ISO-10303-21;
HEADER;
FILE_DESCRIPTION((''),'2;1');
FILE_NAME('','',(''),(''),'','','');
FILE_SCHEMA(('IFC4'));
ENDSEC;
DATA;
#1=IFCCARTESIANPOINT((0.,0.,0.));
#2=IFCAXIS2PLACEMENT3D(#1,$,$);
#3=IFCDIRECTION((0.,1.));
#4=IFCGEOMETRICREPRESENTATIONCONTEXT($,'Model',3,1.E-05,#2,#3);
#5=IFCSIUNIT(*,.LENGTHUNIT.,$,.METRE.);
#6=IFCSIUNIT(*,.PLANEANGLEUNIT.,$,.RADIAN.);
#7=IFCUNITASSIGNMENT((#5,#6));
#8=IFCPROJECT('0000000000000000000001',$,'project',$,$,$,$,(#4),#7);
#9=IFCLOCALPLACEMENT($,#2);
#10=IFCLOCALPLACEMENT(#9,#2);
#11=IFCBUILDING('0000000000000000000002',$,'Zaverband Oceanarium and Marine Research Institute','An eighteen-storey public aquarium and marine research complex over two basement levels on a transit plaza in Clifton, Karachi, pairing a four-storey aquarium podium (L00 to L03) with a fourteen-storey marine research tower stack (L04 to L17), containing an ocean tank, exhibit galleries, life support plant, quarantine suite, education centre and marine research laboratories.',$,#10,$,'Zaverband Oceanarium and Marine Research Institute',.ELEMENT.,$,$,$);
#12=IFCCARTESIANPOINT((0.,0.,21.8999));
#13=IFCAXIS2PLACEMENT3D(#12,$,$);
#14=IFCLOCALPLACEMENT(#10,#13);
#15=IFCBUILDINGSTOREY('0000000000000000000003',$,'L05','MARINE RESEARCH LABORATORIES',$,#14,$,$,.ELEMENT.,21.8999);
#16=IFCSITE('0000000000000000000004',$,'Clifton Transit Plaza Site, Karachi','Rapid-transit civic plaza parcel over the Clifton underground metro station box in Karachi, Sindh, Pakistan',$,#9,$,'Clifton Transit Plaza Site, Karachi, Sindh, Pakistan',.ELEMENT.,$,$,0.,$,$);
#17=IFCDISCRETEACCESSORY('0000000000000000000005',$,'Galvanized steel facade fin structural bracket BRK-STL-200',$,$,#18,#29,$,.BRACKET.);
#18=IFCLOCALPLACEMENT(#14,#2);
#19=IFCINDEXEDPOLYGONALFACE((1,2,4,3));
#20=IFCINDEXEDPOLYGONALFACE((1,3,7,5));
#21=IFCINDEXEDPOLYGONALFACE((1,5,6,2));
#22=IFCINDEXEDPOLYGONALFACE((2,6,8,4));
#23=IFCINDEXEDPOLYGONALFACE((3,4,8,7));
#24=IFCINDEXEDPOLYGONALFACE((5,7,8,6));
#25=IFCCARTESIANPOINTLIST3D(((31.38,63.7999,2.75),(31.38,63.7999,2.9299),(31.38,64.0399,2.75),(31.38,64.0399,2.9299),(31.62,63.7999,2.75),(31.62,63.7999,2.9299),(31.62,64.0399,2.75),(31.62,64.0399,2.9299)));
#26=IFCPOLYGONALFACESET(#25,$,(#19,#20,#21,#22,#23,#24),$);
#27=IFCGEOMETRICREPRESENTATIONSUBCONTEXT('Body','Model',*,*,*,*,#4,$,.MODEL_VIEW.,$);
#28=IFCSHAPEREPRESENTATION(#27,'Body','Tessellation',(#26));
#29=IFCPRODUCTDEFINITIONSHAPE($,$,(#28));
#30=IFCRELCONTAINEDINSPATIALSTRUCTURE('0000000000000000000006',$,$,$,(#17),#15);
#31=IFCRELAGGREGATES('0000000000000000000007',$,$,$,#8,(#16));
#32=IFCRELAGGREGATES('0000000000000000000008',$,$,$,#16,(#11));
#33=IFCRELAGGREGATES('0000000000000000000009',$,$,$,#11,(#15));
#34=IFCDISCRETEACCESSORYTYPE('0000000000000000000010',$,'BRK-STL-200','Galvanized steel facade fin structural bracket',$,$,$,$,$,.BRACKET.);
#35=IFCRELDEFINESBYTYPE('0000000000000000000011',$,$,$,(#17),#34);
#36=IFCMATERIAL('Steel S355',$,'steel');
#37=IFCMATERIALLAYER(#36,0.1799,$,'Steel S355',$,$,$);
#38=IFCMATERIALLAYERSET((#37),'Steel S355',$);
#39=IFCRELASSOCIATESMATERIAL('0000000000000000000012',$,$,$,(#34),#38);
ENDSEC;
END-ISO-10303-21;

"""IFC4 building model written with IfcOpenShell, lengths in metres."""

from ifc_helpers import new_model, si_unit, direction, frame, origin, origin_2d, place, context, subcontext, project, spatial, rectangle, extrude, material, layer, layer_set, type_object, element, save


model = new_model("IFC4")

# Units and contexts
model_context = context("Model", 3, precision=1e-05, world=origin(), true_north=direction((0.0, 1.0)))
body_context = subcontext(model_context, "Body", "Model", "MODEL_VIEW")
ifc_project = project(units=[si_unit("LENGTHUNIT", "METRE"), si_unit("PLANEANGLEUNIT", "RADIAN")], contexts=[model_context])

# Site, building, storey
site_placement = place(None, origin())
site = spatial("IfcSite", under=ifc_project, at=site_placement, Name="Clifton Transit Plaza Site, Karachi", Description="Rapid-transit civic plaza parcel over the Clifton underground metro station box in Karachi, Sindh, Pakistan", LongName="Clifton Transit Plaza Site, Karachi, Sindh, Pakistan", CompositionType="ELEMENT", RefElevation=0.0)
building_placement = place(site_placement, origin())
building = spatial("IfcBuilding", under=site, at=building_placement, Name="Zaverband Oceanarium and Marine Research Institute", Description="An eighteen-storey public aquarium and marine research complex over two basement levels on a transit plaza in Clifton, Karachi, pairing a four-storey aquarium podium (L00 to L03) with a fourteen-storey marine research tower stack (L04 to L17), containing an ocean tank, exhibit galleries, life support plant, quarantine suite, education centre and marine research laboratories.", LongName="Zaverband Oceanarium and Marine Research Institute", CompositionType="ELEMENT")
storey_placement = place(building_placement, frame((0.0, 0.0, 21.8999)))
storey = spatial("IfcBuildingStorey", under=building, at=storey_placement, Name="L05", Description="MARINE RESEARCH LABORATORIES", CompositionType="ELEMENT", Elevation=21.8999)

# Discrete accessory
ifc_material_1 = material(Name="Steel S355", Category="steel")
ifc_layer_1 = layer(ifc_material_1, 0.1799, Name="Steel S355")
ifc_layer_set_1 = layer_set([ifc_layer_1], Name="Steel S355")
discrete_accessory_type = type_object("IfcDiscreteAccessoryType", Name="BRK-STL-200", Description="Galvanized steel facade fin structural bracket", PredefinedType="BRACKET", material=ifc_layer_set_1)
discrete_accessory_placement = place(storey_placement, frame((31.5, 63.9199, 2.75), z_axis=(0.0, 0.0, 1.0), x_axis=(1.0, 0.0, 0.0)))
element("IfcDiscreteAccessory", 1, at=discrete_accessory_placement, inside=storey, type_object=discrete_accessory_type, Name="Galvanized steel facade fin structural bracket BRK-STL-200", PredefinedType="BRACKET", context=body_context, shape_type="SweptSolid", body=[
    extrude(rectangle(XDim=0.24, YDim=0.24, at=origin_2d()), origin(), (0.0, 0.0, 1.0), 0.1799),
])

save(model, "model.ifc")
